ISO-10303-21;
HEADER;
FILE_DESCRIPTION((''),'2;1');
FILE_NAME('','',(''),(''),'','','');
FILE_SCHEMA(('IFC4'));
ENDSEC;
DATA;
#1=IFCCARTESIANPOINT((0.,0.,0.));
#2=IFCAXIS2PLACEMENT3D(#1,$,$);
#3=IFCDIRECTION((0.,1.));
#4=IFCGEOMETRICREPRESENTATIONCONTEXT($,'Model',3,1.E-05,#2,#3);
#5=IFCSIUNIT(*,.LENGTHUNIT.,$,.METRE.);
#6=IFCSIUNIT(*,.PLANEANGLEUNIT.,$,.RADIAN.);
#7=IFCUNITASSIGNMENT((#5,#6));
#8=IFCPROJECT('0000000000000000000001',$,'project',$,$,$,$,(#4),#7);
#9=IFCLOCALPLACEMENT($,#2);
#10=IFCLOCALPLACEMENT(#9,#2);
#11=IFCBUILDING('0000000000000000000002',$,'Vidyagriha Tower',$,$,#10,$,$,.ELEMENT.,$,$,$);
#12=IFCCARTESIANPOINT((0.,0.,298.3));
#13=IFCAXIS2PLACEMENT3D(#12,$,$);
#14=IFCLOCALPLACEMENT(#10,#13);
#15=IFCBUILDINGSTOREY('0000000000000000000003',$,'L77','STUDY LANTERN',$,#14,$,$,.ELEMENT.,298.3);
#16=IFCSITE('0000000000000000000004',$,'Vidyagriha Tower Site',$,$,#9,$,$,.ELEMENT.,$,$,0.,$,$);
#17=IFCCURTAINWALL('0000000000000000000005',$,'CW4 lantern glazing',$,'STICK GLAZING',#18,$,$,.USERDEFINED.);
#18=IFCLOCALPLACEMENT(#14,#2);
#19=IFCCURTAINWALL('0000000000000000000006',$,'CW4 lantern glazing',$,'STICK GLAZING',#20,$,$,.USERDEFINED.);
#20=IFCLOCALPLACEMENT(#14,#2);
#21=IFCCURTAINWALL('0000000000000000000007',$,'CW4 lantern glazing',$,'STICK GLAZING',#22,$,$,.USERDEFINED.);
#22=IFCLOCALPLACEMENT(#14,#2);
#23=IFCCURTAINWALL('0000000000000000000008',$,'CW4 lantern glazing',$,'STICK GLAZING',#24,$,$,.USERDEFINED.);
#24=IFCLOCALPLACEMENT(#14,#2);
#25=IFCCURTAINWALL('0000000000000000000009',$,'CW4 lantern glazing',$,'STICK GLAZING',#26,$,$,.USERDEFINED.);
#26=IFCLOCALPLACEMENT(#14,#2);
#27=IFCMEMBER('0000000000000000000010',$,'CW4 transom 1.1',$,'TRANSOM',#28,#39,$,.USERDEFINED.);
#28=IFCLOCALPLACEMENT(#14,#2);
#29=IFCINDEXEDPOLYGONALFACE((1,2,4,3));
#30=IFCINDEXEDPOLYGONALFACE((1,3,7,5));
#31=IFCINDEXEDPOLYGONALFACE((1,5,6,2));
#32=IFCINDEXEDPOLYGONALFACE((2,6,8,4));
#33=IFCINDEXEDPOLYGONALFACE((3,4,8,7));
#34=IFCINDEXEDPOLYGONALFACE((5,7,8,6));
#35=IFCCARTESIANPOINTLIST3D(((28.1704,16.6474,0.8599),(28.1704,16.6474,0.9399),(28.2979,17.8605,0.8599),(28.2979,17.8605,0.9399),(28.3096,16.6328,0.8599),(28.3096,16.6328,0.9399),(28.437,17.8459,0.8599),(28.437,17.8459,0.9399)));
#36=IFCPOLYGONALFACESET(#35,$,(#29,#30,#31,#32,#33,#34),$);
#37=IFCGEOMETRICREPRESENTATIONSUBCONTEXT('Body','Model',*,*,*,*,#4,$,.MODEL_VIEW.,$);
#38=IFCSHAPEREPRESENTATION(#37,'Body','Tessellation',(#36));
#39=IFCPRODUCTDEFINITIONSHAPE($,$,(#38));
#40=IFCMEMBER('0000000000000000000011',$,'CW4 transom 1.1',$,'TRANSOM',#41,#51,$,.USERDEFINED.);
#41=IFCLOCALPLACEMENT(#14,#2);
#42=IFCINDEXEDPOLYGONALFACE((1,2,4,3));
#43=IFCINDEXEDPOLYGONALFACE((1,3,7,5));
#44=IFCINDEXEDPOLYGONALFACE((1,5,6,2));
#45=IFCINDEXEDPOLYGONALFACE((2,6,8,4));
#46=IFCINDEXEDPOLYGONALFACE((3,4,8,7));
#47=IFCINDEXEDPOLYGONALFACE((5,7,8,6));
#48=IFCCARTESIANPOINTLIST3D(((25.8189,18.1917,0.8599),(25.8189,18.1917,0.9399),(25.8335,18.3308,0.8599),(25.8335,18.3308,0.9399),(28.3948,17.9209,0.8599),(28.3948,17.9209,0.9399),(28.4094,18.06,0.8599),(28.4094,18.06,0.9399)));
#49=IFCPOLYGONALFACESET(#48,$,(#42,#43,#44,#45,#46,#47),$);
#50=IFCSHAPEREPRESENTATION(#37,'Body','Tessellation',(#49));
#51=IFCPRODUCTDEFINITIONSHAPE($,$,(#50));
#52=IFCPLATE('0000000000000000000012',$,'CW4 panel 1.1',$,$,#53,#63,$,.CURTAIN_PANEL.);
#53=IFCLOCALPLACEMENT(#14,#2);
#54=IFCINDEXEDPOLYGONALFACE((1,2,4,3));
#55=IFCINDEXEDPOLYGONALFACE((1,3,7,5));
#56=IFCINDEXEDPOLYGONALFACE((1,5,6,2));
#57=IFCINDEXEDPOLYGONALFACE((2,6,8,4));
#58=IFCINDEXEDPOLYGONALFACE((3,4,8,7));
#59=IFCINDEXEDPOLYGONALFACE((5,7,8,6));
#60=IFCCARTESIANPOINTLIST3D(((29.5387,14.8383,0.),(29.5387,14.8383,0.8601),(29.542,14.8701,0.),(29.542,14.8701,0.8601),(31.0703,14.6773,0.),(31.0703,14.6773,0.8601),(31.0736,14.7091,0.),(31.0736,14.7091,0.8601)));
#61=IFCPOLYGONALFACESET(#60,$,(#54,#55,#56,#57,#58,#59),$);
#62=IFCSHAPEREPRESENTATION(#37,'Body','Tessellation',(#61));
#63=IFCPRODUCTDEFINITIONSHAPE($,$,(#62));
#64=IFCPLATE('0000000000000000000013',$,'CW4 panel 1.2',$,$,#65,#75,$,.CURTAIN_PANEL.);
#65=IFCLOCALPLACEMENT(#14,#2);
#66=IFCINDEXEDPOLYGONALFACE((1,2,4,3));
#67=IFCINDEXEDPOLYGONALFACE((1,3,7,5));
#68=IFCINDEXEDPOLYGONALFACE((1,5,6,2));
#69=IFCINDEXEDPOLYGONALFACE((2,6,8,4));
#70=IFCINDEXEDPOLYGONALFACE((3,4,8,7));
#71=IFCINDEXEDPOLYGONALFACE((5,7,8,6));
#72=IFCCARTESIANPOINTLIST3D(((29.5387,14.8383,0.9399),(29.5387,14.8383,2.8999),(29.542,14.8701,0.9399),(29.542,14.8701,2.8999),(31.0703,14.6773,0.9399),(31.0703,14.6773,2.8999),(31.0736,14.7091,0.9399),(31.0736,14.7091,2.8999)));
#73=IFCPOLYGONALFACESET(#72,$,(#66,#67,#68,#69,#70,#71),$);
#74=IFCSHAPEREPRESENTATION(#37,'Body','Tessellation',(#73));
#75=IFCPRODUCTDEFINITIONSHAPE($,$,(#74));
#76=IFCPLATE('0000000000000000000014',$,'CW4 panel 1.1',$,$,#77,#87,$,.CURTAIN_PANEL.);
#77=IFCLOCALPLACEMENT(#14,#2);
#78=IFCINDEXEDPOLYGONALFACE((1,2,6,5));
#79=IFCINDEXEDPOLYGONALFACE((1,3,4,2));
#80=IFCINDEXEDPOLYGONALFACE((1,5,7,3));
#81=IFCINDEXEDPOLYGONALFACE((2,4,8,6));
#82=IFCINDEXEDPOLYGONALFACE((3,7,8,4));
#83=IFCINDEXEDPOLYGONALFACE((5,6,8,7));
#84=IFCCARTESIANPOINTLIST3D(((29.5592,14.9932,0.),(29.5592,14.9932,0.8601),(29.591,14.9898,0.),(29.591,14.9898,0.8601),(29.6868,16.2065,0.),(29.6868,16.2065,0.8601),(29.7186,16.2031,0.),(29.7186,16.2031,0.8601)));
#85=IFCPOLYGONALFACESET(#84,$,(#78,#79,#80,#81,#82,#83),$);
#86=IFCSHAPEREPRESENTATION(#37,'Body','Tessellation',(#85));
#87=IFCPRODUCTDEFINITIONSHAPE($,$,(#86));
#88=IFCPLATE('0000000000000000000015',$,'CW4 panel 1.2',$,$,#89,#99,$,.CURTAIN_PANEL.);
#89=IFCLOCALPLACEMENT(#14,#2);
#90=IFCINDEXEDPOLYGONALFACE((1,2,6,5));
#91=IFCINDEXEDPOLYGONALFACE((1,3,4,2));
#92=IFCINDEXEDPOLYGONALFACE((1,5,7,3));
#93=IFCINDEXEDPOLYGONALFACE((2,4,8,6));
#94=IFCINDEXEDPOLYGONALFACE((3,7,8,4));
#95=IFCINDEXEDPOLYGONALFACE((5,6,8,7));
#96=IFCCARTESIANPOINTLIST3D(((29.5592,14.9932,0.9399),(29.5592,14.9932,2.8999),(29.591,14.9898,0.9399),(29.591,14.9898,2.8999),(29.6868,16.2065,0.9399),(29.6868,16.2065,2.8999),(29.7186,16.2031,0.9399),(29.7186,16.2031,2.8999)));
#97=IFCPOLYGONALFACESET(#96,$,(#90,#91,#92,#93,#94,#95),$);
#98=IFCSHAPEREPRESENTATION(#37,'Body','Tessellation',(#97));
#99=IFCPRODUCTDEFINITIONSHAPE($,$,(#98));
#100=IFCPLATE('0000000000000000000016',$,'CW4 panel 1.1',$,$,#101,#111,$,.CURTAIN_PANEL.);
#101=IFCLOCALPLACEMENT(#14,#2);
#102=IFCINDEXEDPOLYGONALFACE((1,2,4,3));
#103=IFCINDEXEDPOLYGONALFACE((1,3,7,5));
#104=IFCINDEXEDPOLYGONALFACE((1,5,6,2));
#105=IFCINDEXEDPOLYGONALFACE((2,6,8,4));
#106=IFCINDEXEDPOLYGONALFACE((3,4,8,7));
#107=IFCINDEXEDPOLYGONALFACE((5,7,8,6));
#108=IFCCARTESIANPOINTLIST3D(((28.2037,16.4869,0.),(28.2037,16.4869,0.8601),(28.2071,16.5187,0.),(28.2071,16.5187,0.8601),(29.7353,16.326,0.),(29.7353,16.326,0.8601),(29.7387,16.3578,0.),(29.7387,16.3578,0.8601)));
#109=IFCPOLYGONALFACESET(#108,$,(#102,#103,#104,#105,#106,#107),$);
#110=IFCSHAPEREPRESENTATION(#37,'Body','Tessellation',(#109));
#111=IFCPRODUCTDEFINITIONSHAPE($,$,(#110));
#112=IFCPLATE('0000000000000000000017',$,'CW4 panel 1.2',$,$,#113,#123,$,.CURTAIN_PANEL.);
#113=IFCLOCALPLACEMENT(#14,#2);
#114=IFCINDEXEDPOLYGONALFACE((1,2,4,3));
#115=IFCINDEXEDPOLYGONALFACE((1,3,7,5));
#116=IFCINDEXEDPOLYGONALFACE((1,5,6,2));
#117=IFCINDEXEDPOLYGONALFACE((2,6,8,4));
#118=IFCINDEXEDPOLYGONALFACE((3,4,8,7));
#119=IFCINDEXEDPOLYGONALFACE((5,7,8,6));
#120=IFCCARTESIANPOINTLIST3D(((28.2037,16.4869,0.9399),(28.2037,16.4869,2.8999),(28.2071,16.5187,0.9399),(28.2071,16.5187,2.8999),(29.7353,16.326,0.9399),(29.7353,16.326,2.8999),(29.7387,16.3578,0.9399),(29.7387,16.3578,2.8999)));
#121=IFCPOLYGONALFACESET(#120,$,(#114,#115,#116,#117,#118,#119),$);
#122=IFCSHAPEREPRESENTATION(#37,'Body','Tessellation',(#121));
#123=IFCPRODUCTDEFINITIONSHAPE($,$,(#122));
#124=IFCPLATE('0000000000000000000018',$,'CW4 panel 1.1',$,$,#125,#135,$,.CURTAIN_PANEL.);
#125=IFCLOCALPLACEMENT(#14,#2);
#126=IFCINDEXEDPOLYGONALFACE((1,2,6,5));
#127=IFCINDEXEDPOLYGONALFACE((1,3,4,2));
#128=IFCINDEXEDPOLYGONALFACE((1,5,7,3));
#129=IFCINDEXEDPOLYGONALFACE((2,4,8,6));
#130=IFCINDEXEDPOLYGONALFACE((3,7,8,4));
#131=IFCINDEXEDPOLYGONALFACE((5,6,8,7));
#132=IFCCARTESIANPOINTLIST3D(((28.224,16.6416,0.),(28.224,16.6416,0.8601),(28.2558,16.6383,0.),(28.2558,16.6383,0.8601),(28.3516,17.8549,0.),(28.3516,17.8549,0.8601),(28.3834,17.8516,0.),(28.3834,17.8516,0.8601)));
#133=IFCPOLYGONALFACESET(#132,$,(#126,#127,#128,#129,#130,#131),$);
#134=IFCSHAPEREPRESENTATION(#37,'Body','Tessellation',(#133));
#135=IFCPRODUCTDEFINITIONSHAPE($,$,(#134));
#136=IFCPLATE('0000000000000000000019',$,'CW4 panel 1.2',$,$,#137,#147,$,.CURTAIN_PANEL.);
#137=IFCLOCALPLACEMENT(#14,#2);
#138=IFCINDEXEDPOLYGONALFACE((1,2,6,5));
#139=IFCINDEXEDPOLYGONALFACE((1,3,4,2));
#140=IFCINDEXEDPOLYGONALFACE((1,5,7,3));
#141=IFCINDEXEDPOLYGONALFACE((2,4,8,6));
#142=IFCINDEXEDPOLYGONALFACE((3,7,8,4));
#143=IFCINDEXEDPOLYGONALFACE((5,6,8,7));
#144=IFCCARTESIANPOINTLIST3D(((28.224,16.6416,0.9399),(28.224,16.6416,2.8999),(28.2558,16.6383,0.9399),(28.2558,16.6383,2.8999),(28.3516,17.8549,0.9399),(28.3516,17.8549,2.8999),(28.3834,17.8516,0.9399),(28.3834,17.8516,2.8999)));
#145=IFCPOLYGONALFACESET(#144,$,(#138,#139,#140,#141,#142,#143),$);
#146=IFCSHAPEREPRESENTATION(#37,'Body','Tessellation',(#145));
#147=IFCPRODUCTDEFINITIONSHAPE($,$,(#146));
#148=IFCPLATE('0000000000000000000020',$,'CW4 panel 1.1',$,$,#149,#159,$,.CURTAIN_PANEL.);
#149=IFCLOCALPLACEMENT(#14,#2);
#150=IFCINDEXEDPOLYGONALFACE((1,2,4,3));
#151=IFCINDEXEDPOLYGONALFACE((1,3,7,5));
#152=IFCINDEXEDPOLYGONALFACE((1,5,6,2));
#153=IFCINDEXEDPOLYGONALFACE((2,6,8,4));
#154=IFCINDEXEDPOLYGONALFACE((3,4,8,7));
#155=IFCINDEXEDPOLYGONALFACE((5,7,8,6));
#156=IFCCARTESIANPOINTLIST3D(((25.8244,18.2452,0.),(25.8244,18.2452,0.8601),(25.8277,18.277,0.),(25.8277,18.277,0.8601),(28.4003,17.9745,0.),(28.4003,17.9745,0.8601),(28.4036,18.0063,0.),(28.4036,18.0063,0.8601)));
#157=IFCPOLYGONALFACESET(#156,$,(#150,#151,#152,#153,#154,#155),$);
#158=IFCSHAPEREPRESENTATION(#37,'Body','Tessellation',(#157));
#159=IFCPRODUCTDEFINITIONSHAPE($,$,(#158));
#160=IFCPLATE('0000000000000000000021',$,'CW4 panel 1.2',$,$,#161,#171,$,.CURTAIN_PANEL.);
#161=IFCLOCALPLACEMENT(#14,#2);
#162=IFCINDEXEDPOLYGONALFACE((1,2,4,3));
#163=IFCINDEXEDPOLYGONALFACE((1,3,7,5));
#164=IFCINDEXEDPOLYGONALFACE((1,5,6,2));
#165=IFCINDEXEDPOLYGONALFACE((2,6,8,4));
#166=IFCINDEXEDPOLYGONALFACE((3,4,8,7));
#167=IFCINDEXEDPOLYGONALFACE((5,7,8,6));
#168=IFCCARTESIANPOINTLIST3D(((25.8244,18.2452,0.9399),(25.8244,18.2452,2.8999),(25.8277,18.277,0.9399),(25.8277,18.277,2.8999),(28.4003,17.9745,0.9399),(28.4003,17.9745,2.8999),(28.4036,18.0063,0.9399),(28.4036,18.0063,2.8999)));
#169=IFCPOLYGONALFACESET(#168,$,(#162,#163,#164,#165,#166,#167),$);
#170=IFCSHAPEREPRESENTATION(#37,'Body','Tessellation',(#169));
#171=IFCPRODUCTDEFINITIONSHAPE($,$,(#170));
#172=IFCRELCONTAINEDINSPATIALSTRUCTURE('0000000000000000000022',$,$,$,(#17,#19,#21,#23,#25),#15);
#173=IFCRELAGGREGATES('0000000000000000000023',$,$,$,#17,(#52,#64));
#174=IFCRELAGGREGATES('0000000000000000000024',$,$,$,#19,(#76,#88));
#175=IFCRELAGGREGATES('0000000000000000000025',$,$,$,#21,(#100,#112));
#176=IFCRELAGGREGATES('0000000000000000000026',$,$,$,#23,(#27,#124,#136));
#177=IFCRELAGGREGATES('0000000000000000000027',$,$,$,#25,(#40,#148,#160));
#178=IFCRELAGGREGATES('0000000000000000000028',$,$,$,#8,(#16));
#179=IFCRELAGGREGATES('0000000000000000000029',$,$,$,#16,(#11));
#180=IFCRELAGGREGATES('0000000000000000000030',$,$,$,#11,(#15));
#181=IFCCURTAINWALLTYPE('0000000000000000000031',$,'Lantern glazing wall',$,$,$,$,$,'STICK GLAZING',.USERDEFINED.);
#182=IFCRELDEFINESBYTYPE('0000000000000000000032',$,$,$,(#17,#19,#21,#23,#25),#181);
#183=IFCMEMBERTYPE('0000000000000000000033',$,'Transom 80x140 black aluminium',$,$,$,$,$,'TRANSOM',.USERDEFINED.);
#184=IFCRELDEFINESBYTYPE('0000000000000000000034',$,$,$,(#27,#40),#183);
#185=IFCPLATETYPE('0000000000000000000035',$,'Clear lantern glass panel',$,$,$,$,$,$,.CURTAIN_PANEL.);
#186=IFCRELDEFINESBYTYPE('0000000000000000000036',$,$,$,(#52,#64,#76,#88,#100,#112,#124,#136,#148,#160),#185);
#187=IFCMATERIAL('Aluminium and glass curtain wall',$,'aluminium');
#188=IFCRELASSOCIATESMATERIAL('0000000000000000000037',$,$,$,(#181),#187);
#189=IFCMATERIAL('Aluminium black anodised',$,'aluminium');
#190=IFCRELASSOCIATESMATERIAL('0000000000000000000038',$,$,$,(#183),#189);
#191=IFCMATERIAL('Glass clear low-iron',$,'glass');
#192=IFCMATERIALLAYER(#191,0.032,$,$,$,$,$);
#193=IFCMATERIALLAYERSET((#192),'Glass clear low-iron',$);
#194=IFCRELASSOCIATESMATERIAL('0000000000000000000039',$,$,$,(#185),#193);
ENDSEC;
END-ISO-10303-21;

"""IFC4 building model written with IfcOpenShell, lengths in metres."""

from ifc_helpers import new_model, si_unit, direction, frame, origin, origin_2d, place, context, subcontext, project, spatial, rectangle, extrude, material, layer, layer_set, material_profile, profile_set, type_object, element, aggregate, save


model = new_model("IFC4")

# Units and contexts
model_context = context("Model", 3, precision=1e-05, world=origin(), true_north=direction((0.0, 1.0)))
body_context = subcontext(model_context, "Body", "Model", "MODEL_VIEW")
ifc_project = project(units=[si_unit("LENGTHUNIT", "METRE"), si_unit("PLANEANGLEUNIT", "RADIAN")], contexts=[model_context])

# Site, building, storey
site_placement = place(None, origin())
site = spatial("IfcSite", under=ifc_project, at=site_placement, Name="Vidyagriha Tower Site", CompositionType="ELEMENT", RefElevation=0.0)
building_placement = place(site_placement, origin())
building = spatial("IfcBuilding", under=site, at=building_placement, Name="Vidyagriha Tower", CompositionType="ELEMENT")
storey_placement = place(building_placement, frame((0.0, 0.0, 298.3)))
storey = spatial("IfcBuildingStorey", under=building, at=storey_placement, Name="L77", Description="STUDY LANTERN", CompositionType="ELEMENT", Elevation=298.3)

# Curtain wall
ifc_material_1 = material(Name="Aluminium and glass curtain wall", Category="aluminium")
curtain_wall_type = type_object("IfcCurtainWallType", Name="Lantern glazing wall", ElementType="STICK GLAZING", PredefinedType="USERDEFINED", material=ifc_material_1)
curtain_wall_1_placement = place(storey_placement, origin())
curtain_wall_1 = element("IfcCurtainWall", 1, at=curtain_wall_1_placement, inside=storey, type_object=curtain_wall_type, Name="CW4 lantern glazing", ObjectType="STICK GLAZING", PredefinedType="USERDEFINED")

# Curtain walls
curtain_wall_2_placement = place(storey_placement, origin())
curtain_wall_2 = element("IfcCurtainWall", 2, at=curtain_wall_2_placement, inside=storey, type_object=curtain_wall_type, Name="CW4 lantern glazing", ObjectType="STICK GLAZING", PredefinedType="USERDEFINED")
curtain_wall_3_placement = place(storey_placement, origin())
curtain_wall_3 = element("IfcCurtainWall", 3, at=curtain_wall_3_placement, inside=storey, type_object=curtain_wall_type, Name="CW4 lantern glazing", ObjectType="STICK GLAZING", PredefinedType="USERDEFINED")
curtain_wall_4_placement = place(storey_placement, origin())
curtain_wall_4 = element("IfcCurtainWall", 4, at=curtain_wall_4_placement, inside=storey, type_object=curtain_wall_type, Name="CW4 lantern glazing", ObjectType="STICK GLAZING", PredefinedType="USERDEFINED")

# Curtain wall
curtain_wall_5_placement = place(storey_placement, origin())
curtain_wall_5 = element("IfcCurtainWall", 5, at=curtain_wall_5_placement, inside=storey, type_object=curtain_wall_type, Name="CW4 lantern glazing", ObjectType="STICK GLAZING", PredefinedType="USERDEFINED")

# Members
ifc_material_2 = material(Name="Aluminium black anodised", Category="aluminium")
ifc_material_profile_1 = material_profile(ifc_material_2, rectangle(XDim=0.1399, YDim=0.0801, at=origin_2d()), Name="Transom 80x140 black aluminium")
ifc_profile_set_1 = profile_set([ifc_material_profile_1], Name="Aluminium black anodised")
member_type_1 = type_object("IfcMemberType", Name="Transom 80x140 black aluminium", ElementType="TRANSOM", PredefinedType="USERDEFINED", material=ifc_profile_set_1)
member_1_placement = place(storey_placement, frame((28.24, 16.6401, 0.8999), z_axis=(0.104476, 0.994527, 0.0), x_axis=(-0.994527, 0.104476, 0.0)))
member_1 = element("IfcMember", 6, at=member_1_placement, type_object=member_type_1, Name="CW4 transom 1.1", ObjectType="TRANSOM", PredefinedType="USERDEFINED", context=body_context, shape_type="SweptSolid", body=[
    extrude(rectangle(XDim=0.1399, YDim=0.0801, at=origin_2d()), origin(), (0.0, 0.0, 1.0), 1.2197),
])
member_2_placement = place(storey_placement, frame((28.4021, 17.9905, 0.8999), z_axis=(-0.994521, 0.104533, 0.0), x_axis=(-0.104533, -0.994521, 0.0)))
member_2 = element("IfcMember", 7, at=member_2_placement, type_object=member_type_1, Name="CW4 transom 1.1", ObjectType="TRANSOM", PredefinedType="USERDEFINED", context=body_context, shape_type="SweptSolid", body=[
    extrude(rectangle(XDim=0.1399, YDim=0.0801, at=origin_2d()), origin(), (0.0, 0.0, 1.0), 2.5901),
])

# Plates
ifc_material_3 = material(Name="Glass clear low-iron", Category="glass")
ifc_layer = layer(ifc_material_3, 0.032)
ifc_layer_set = layer_set([ifc_layer], Name="Glass clear low-iron")
plate_type = type_object("IfcPlateType", Name="Clear lantern glass panel", PredefinedType="CURTAIN_PANEL", material=ifc_layer_set)
plate_1_placement = place(storey_placement, frame((30.3062, 14.7737, 0.0), z_axis=(0.0, 0.0, 1.0), x_axis=(-0.994523, 0.104519, 0.0)))
plate_1 = element("IfcPlate", 8, at=plate_1_placement, type_object=plate_type, Name="CW4 panel 1.1", PredefinedType="CURTAIN_PANEL", context=body_context, shape_type="SweptSolid", body=[
    extrude(rectangle(XDim=1.54, YDim=0.032, at=origin_2d()), origin(), (0.0, 0.0, 1.0), 0.8601),
])
plate_2_placement = place(storey_placement, frame((30.3062, 14.7737, 0.9399), z_axis=(0.0, 0.0, 1.0), x_axis=(-0.994523, 0.104519, 0.0)))
plate_2 = element("IfcPlate", 9, at=plate_2_placement, type_object=plate_type, Name="CW4 panel 1.2", PredefinedType="CURTAIN_PANEL", context=body_context, shape_type="SweptSolid", body=[
    extrude(rectangle(XDim=1.54, YDim=0.032, at=origin_2d()), origin(), (0.0, 0.0, 1.0), 1.96),
])
aggregate(curtain_wall_1, [plate_1, plate_2])
plate_3_placement = place(storey_placement, frame((29.6389, 15.5981, 0.0), z_axis=(0.0, 0.0, 1.0), x_axis=(0.104557, 0.994519, 0.0)))
plate_3 = element("IfcPlate", 10, at=plate_3_placement, type_object=plate_type, Name="CW4 panel 1.1", PredefinedType="CURTAIN_PANEL", context=body_context, shape_type="SweptSolid", body=[
    extrude(rectangle(XDim=1.22, YDim=0.032, at=origin_2d()), origin(), (0.0, 0.0, 1.0), 0.8601),
])
plate_4_placement = place(storey_placement, frame((29.6389, 15.5981, 0.9399), z_axis=(0.0, 0.0, 1.0), x_axis=(0.104557, 0.994519, 0.0)))
plate_4 = element("IfcPlate", 11, at=plate_4_placement, type_object=plate_type, Name="CW4 panel 1.2", PredefinedType="CURTAIN_PANEL", context=body_context, shape_type="SweptSolid", body=[
    extrude(rectangle(XDim=1.22, YDim=0.032, at=origin_2d()), origin(), (0.0, 0.0, 1.0), 1.96),
])
aggregate(curtain_wall_2, [plate_3, plate_4])
plate_5_placement = place(storey_placement, frame((28.9712, 16.4224, 0.0), z_axis=(0.0, 0.0, 1.0), x_axis=(-0.994523, 0.104519, 0.0)))
plate_5 = element("IfcPlate", 12, at=plate_5_placement, type_object=plate_type, Name="CW4 panel 1.1", PredefinedType="CURTAIN_PANEL", context=body_context, shape_type="SweptSolid", body=[
    extrude(rectangle(XDim=1.54, YDim=0.032, at=origin_2d()), origin(), (0.0, 0.0, 1.0), 0.8601),
])
plate_6_placement = place(storey_placement, frame((28.9712, 16.4224, 0.9399), z_axis=(0.0, 0.0, 1.0), x_axis=(-0.994523, 0.104519, 0.0)))
plate_6 = element("IfcPlate", 13, at=plate_6_placement, type_object=plate_type, Name="CW4 panel 1.2", PredefinedType="CURTAIN_PANEL", context=body_context, shape_type="SweptSolid", body=[
    extrude(rectangle(XDim=1.54, YDim=0.032, at=origin_2d()), origin(), (0.0, 0.0, 1.0), 1.96),
])
aggregate(curtain_wall_3, [plate_5, plate_6])
plate_7_placement = place(storey_placement, frame((28.3037, 17.2466, 0.0), z_axis=(0.0, 0.0, 1.0), x_axis=(0.104557, 0.994519, 0.0)))
plate_7 = element("IfcPlate", 14, at=plate_7_placement, type_object=plate_type, Name="CW4 panel 1.1", PredefinedType="CURTAIN_PANEL", context=body_context, shape_type="SweptSolid", body=[
    extrude(rectangle(XDim=1.22, YDim=0.032, at=origin_2d()), origin(), (0.0, 0.0, 1.0), 0.8601),
])
plate_8_placement = place(storey_placement, frame((28.3037, 17.2466, 0.9399), z_axis=(0.0, 0.0, 1.0), x_axis=(0.104557, 0.994519, 0.0)))
plate_8 = element("IfcPlate", 15, at=plate_8_placement, type_object=plate_type, Name="CW4 panel 1.2", PredefinedType="CURTAIN_PANEL", context=body_context, shape_type="SweptSolid", body=[
    extrude(rectangle(XDim=1.22, YDim=0.032, at=origin_2d()), origin(), (0.0, 0.0, 1.0), 1.96),
])
aggregate(curtain_wall_4, [member_1, plate_7, plate_8])
plate_9_placement = place(storey_placement, frame((27.114, 18.1257, 0.0), z_axis=(0.0, 0.0, 1.0), x_axis=(-0.994522, 0.104528, 0.0)))
plate_9 = element("IfcPlate", 16, at=plate_9_placement, type_object=plate_type, Name="CW4 panel 1.1", PredefinedType="CURTAIN_PANEL", context=body_context, shape_type="SweptSolid", body=[
    extrude(rectangle(XDim=2.5901, YDim=0.032, at=origin_2d()), origin(), (0.0, 0.0, 1.0), 0.8601),
])
plate_10_placement = place(storey_placement, frame((27.114, 18.1257, 0.9399), z_axis=(0.0, 0.0, 1.0), x_axis=(-0.994522, 0.104528, 0.0)))
plate_10 = element("IfcPlate", 17, at=plate_10_placement, type_object=plate_type, Name="CW4 panel 1.2", PredefinedType="CURTAIN_PANEL", context=body_context, shape_type="SweptSolid", body=[
    extrude(rectangle(XDim=2.5901, YDim=0.032, at=origin_2d()), origin(), (0.0, 0.0, 1.0), 1.96),
])
aggregate(curtain_wall_5, [member_2, plate_9, plate_10])

save(model, "model.ifc")
